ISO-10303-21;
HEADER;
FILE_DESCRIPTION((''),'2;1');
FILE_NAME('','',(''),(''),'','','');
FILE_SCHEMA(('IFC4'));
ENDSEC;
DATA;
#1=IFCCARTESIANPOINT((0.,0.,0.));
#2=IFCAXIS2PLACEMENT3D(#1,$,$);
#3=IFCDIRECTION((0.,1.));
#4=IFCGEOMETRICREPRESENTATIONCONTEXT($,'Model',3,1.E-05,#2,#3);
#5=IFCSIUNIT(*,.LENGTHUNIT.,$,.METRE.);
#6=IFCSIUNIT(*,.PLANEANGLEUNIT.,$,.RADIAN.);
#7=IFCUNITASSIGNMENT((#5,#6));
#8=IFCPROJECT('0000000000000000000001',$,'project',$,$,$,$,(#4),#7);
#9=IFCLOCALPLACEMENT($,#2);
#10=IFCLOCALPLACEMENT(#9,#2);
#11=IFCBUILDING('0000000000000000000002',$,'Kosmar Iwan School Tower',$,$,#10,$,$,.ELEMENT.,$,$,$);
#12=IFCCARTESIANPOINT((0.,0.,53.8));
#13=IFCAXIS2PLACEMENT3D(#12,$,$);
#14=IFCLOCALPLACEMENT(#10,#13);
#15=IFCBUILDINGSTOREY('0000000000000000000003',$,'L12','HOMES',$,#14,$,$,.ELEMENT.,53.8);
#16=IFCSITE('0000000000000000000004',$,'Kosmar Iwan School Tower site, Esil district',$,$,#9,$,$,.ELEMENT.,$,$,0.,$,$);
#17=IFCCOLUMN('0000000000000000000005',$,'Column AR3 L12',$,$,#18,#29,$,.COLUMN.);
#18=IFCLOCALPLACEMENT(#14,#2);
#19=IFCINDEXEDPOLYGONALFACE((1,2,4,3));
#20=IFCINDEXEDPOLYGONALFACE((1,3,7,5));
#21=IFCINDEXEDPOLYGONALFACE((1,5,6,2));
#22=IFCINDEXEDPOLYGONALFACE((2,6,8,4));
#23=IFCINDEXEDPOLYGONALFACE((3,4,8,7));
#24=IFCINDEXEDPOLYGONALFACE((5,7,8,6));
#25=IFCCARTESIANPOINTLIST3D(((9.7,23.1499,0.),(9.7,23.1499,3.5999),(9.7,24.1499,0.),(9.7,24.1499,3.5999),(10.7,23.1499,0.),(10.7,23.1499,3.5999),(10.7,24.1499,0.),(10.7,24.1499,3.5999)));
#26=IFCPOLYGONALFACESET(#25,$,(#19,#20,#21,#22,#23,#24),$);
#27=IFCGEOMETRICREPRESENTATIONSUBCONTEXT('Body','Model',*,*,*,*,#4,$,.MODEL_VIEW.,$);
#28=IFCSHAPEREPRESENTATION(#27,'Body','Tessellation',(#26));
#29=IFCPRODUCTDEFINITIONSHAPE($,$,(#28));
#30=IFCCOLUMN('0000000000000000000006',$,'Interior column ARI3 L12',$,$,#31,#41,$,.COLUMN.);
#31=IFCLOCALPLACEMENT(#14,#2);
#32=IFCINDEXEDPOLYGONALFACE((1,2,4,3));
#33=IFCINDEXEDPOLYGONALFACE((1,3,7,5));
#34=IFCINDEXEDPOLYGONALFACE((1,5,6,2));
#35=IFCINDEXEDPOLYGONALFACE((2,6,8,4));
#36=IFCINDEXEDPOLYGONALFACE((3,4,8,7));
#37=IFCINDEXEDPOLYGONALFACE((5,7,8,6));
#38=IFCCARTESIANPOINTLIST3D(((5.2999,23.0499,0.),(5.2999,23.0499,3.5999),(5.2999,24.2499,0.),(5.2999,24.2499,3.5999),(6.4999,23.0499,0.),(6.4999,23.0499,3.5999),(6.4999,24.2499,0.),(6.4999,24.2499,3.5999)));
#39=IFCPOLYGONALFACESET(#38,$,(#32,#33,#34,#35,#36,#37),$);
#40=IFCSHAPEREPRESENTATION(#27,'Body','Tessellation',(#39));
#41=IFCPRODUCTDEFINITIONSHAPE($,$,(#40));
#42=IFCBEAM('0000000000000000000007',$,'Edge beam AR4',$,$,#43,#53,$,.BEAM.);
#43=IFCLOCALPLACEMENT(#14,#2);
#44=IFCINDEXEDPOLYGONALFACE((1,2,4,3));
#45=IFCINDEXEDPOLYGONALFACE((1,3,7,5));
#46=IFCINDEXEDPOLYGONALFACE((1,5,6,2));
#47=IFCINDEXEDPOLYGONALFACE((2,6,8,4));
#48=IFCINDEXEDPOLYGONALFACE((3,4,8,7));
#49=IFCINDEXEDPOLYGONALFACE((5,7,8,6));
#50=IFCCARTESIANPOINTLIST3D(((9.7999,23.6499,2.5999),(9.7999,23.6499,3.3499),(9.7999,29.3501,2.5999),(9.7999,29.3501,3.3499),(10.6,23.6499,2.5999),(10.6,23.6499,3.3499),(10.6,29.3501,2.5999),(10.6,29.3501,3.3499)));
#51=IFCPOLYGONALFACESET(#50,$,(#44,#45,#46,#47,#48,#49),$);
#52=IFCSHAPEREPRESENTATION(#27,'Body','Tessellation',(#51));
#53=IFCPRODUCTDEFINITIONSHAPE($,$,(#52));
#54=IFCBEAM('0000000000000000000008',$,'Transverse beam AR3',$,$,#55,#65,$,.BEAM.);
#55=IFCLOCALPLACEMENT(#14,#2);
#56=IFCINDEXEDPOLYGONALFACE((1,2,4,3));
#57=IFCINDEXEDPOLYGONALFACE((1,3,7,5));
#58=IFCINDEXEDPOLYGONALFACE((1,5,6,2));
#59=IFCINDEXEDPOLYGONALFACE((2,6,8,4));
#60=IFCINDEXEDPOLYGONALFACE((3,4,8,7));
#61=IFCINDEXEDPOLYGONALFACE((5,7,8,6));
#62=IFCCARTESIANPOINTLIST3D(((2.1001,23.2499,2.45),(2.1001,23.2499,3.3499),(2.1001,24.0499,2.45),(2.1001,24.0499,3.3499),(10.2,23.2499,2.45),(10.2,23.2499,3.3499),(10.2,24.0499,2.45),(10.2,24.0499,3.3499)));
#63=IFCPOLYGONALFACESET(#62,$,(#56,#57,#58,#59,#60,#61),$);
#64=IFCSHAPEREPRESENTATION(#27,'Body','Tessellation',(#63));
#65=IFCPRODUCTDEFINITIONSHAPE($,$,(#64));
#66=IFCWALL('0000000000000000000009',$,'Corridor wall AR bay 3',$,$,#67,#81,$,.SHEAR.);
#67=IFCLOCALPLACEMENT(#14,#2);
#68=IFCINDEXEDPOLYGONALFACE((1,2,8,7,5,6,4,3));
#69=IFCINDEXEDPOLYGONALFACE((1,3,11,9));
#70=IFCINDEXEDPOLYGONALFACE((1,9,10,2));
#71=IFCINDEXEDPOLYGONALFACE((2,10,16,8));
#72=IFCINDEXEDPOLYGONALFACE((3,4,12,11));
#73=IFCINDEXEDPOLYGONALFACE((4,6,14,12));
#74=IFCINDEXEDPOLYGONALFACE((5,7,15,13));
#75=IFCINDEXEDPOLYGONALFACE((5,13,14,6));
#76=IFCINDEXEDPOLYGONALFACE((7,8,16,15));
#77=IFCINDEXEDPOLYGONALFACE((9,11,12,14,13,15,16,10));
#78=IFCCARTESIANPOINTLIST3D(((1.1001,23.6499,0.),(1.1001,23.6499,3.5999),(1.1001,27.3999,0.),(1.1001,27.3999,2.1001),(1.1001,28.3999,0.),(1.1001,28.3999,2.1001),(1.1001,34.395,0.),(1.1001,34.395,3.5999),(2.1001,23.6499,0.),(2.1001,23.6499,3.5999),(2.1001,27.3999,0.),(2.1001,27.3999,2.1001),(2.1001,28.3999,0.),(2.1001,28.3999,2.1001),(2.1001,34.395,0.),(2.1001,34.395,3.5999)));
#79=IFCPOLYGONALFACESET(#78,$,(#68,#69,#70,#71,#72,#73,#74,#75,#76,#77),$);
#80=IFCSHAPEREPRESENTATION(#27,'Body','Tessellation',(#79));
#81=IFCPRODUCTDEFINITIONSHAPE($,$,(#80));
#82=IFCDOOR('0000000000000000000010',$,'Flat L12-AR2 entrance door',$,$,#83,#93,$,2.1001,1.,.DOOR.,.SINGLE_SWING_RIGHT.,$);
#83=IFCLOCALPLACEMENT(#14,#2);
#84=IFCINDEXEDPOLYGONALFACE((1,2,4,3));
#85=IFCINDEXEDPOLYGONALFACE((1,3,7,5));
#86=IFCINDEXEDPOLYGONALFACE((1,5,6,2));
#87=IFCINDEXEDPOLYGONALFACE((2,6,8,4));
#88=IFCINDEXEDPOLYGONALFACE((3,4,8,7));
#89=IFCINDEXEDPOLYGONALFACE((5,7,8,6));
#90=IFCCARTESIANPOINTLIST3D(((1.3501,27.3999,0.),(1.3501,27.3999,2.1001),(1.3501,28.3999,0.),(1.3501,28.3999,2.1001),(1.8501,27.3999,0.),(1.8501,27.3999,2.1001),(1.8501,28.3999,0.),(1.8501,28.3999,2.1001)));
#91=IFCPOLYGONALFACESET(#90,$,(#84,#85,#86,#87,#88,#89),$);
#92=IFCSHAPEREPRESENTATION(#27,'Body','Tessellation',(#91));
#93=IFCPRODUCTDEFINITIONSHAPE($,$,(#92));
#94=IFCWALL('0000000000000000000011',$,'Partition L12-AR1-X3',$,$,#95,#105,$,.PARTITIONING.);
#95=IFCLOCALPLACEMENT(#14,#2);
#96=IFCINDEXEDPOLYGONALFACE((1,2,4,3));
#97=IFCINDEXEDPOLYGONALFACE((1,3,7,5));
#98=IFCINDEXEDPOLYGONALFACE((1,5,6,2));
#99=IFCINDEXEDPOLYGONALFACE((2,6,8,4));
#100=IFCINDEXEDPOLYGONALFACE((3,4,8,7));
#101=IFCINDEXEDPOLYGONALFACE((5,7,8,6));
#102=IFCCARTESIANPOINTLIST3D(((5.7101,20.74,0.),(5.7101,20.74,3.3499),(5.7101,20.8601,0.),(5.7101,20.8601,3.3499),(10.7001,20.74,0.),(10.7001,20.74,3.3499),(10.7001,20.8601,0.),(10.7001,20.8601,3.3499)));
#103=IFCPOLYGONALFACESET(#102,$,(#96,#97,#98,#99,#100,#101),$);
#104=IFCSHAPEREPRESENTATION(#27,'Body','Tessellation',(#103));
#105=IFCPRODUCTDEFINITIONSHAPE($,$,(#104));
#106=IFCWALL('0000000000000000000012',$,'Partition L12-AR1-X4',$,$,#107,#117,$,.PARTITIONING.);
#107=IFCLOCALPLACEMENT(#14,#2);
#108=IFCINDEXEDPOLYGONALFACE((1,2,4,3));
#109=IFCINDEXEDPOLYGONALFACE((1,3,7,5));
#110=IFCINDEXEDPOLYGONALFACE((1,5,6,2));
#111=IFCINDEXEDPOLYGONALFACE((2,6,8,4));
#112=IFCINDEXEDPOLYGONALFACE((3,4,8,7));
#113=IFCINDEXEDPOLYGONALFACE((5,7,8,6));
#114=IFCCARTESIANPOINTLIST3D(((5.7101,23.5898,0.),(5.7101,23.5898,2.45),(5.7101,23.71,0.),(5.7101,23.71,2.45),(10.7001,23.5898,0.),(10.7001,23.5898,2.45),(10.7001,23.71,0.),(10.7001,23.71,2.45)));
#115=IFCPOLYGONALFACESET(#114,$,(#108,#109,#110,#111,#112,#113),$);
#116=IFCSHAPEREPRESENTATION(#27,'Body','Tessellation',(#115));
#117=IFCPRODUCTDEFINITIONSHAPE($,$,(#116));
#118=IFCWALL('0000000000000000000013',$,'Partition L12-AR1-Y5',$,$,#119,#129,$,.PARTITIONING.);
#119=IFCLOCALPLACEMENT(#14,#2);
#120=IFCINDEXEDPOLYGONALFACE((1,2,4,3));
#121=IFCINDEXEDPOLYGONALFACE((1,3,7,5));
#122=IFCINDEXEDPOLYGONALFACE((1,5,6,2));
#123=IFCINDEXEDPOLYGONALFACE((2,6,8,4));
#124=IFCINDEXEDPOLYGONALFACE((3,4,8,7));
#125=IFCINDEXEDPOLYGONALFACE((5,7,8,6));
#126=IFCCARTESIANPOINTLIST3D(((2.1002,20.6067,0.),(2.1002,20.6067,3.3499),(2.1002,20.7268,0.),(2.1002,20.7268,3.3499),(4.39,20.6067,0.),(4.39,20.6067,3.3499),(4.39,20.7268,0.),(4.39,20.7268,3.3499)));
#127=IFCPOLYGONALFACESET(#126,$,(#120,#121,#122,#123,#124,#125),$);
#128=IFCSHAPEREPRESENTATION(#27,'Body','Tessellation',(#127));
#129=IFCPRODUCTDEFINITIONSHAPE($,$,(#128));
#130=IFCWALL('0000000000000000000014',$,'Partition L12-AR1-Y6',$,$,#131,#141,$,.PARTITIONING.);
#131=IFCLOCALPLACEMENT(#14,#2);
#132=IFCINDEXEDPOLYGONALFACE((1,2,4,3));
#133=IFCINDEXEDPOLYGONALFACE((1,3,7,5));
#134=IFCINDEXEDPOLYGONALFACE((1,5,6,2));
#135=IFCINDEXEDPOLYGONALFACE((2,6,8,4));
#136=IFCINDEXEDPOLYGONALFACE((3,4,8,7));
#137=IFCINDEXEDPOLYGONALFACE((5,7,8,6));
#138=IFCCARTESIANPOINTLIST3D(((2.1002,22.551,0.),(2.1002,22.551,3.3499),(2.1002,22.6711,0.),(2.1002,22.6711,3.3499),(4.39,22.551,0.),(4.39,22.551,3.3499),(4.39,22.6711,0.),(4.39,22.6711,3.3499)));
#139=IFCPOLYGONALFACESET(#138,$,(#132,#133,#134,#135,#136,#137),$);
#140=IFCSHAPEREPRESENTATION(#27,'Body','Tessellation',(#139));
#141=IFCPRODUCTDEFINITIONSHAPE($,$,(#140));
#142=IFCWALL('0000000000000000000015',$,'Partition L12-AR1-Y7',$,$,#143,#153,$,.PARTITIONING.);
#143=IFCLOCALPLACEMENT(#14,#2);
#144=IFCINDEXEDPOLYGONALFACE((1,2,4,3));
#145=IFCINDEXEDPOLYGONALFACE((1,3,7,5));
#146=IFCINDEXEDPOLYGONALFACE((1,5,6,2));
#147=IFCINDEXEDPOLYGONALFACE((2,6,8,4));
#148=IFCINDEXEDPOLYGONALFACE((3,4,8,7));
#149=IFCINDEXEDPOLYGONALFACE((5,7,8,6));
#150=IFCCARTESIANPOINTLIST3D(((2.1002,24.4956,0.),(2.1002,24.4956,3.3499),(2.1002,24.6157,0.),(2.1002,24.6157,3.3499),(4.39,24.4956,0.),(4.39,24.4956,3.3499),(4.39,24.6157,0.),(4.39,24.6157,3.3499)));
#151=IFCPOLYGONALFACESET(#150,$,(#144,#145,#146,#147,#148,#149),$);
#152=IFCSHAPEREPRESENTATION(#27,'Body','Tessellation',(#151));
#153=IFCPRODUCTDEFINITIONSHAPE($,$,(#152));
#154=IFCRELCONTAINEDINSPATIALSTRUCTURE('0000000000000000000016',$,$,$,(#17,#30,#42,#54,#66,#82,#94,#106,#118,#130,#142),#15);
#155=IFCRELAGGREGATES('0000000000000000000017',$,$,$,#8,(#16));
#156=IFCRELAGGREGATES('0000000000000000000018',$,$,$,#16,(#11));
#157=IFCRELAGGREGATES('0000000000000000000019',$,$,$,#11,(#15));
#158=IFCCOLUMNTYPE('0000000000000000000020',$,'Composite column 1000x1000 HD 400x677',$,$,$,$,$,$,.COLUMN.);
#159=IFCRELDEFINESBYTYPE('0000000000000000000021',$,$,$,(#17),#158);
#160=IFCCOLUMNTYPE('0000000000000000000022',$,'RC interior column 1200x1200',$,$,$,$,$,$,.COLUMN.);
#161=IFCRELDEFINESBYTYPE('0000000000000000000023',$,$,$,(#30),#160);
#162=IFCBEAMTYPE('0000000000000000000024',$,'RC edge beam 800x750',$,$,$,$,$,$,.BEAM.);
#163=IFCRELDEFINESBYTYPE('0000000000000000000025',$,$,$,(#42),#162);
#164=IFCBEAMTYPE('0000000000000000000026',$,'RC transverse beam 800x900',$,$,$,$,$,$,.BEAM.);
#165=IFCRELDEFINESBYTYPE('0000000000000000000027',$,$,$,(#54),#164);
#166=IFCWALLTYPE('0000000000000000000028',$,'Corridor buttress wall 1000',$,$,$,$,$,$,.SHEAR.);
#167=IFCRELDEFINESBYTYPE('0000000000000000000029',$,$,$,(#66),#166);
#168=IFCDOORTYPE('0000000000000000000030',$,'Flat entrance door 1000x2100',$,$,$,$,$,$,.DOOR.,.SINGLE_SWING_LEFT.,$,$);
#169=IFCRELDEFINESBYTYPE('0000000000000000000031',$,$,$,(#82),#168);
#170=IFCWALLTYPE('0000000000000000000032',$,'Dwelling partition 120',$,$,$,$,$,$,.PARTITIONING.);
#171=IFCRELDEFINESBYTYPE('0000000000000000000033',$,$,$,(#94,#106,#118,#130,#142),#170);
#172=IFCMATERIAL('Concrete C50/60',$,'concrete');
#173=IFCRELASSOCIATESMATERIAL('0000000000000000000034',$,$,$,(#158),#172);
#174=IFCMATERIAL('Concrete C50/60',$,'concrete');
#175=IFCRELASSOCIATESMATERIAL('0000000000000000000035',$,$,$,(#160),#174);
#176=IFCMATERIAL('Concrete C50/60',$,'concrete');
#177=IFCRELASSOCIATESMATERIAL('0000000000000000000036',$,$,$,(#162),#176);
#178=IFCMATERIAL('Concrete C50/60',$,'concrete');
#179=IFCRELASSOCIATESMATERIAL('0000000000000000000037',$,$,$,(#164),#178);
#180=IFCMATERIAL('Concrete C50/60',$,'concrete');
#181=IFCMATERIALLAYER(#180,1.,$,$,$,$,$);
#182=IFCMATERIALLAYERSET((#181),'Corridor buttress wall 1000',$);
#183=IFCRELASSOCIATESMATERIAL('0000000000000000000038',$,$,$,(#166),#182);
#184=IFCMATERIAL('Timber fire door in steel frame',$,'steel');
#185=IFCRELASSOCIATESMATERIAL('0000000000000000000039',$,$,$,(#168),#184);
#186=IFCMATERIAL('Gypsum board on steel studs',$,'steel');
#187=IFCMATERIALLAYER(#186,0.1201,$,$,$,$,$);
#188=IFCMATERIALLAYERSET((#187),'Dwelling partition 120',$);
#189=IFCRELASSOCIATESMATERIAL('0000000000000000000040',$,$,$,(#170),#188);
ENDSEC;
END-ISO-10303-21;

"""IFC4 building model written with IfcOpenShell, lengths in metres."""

from ifc_helpers import new_model, si_unit, direction, frame, frame_2d, origin, origin_2d, place, context, subcontext, project, spatial, rectangle, extrude, material, layer, layer_set, material_profile, profile_set, type_object, element, fill, save


model = new_model("IFC4")

# Units and contexts
model_context = context("Model", 3, precision=1e-05, world=origin(), true_north=direction((0.0, 1.0)))
body_context = subcontext(model_context, "Body", "Model", "MODEL_VIEW")
ifc_project = project(units=[si_unit("LENGTHUNIT", "METRE"), si_unit("PLANEANGLEUNIT", "RADIAN")], contexts=[model_context])

# Site, building, storey
site_placement = place(None, origin())
site = spatial("IfcSite", under=ifc_project, at=site_placement, Name="Kosmar Iwan School Tower site, Esil district", CompositionType="ELEMENT", RefElevation=0.0)
building_placement = place(site_placement, origin())
building = spatial("IfcBuilding", under=site, at=building_placement, Name="Kosmar Iwan School Tower", CompositionType="ELEMENT")
storey_placement = place(building_placement, frame((0.0, 0.0, 53.8)))
storey = spatial("IfcBuildingStorey", under=building, at=storey_placement, Name="L12", Description="HOMES", CompositionType="ELEMENT", Elevation=53.8)

# Columns
ifc_material_1 = material(Name="Concrete C50/60", Category="concrete")
ifc_material_profile_1 = material_profile(ifc_material_1, rectangle(XDim=1.0, YDim=1.0, at=origin_2d()), Name="RC 1000x1000 + HD 400x677")
ifc_profile_set_1 = profile_set([ifc_material_profile_1], Name="Concrete C50/60")
column_type_1 = type_object("IfcColumnType", Name="Composite column 1000x1000 HD 400x677", PredefinedType="COLUMN", material=ifc_profile_set_1)
column_1_placement = place(storey_placement, frame((10.2, 23.6499, 0.0), z_axis=(0.0, 0.0, 1.0), x_axis=(0.0, 1.0, 0.0)))
element("IfcColumn", 1, at=column_1_placement, inside=storey, type_object=column_type_1, Name="Column AR3 L12", PredefinedType="COLUMN", context=body_context, shape_type="SweptSolid", body=[
    extrude(rectangle(XDim=1.0, YDim=1.0, at=origin_2d()), origin(), (0.0, 0.0, 1.0), 3.5999),
])
ifc_material_2 = material(Name="Concrete C50/60", Category="concrete")
ifc_material_profile_2 = material_profile(ifc_material_2, rectangle(XDim=1.2, YDim=1.2, at=origin_2d()), Name="RC 1200x1200")
ifc_profile_set_2 = profile_set([ifc_material_profile_2], Name="Concrete C50/60")
column_type_2 = type_object("IfcColumnType", Name="RC interior column 1200x1200", PredefinedType="COLUMN", material=ifc_profile_set_2)
column_2_placement = place(storey_placement, frame((5.8999, 23.6499, 0.0), z_axis=(0.0, 0.0, 1.0), x_axis=(0.0, 1.0, 0.0)))
element("IfcColumn", 2, at=column_2_placement, inside=storey, type_object=column_type_2, Name="Interior column ARI3 L12", PredefinedType="COLUMN", context=body_context, shape_type="SweptSolid", body=[
    extrude(rectangle(XDim=1.2, YDim=1.2, at=origin_2d()), origin(), (0.0, 0.0, 1.0), 3.5999),
])

# Beams
ifc_material_3 = material(Name="Concrete C50/60", Category="concrete")
ifc_material_profile_3 = material_profile(ifc_material_3, rectangle(XDim=0.8, YDim=0.75, at=origin_2d()), Name="RC 800x750")
ifc_profile_set_3 = profile_set([ifc_material_profile_3], Name="Concrete C50/60")
beam_type_1 = type_object("IfcBeamType", Name="RC edge beam 800x750", PredefinedType="BEAM", material=ifc_profile_set_3)
beam_1_placement = place(storey_placement, frame((10.2, 23.6499, 2.9749), z_axis=(0.0, 1.0, 0.0), x_axis=(-1.0, 0.0, 0.0)))
element("IfcBeam", 3, at=beam_1_placement, inside=storey, type_object=beam_type_1, Name="Edge beam AR4", PredefinedType="BEAM", context=body_context, shape_type="SweptSolid", body=[
    extrude(rectangle(XDim=0.8, YDim=0.75, at=origin_2d()), origin(), (0.0, 0.0, 1.0), 5.7002),
])
ifc_material_4 = material(Name="Concrete C50/60", Category="concrete")
ifc_material_profile_4 = material_profile(ifc_material_4, rectangle(XDim=0.8, YDim=0.8999, at=origin_2d()), Name="RC 800x900")
ifc_profile_set_4 = profile_set([ifc_material_profile_4], Name="Concrete C50/60")
beam_type_2 = type_object("IfcBeamType", Name="RC transverse beam 800x900", PredefinedType="BEAM", material=ifc_profile_set_4)
beam_2_placement = place(storey_placement, frame((10.2, 23.6499, 2.8999), z_axis=(-1.0, 0.0, 0.0), x_axis=(0.0, -1.0, 0.0)))
element("IfcBeam", 4, at=beam_2_placement, inside=storey, type_object=beam_type_2, Name="Transverse beam AR3", PredefinedType="BEAM", context=body_context, shape_type="SweptSolid", body=[
    extrude(rectangle(XDim=0.8, YDim=0.8999, at=origin_2d()), origin(), (0.0, 0.0, 1.0), 8.0999),
])

# Wall, opening, door
ifc_material_5 = material(Name="Concrete C50/60", Category="concrete")
ifc_layer_1 = layer(ifc_material_5, 1.0)
ifc_layer_set_1 = layer_set([ifc_layer_1], Name="Corridor buttress wall 1000")
wall_type_1 = type_object("IfcWallType", Name="Corridor buttress wall 1000", PredefinedType="SHEAR", material=ifc_layer_set_1)
wall_1_placement = place(storey_placement, frame((1.6001, 23.6499, 0.0), z_axis=(0.0, 0.0, 1.0), x_axis=(0.0, 1.0, 0.0)))
wall_1 = element("IfcWall", 5, at=wall_1_placement, inside=storey, type_object=wall_type_1, Name="Corridor wall AR bay 3", PredefinedType="SHEAR", context=body_context, shape_type="SweptSolid", body=[
    extrude(rectangle(XDim=10.7451, YDim=1.0, at=frame_2d((5.3726, 0.0))), origin(), (0.0, 0.0, 1.0), 3.5999),
])
opening_1_placement = place(wall_1_placement, frame((3.75, 0.0, 0.0)))
opening_1 = element("IfcOpeningElement", 6, at=opening_1_placement, cuts=wall_1, PredefinedType="OPENING", context=body_context, shape_type="SweptSolid", body=[
    extrude(rectangle(XDim=1.0, YDim=2.1001, at=frame_2d((0.5, 1.05))), frame((0.0, 0.512, 0.0), z_axis=(0.0, -1.0, 0.0), x_axis=(1.0, 0.0, 0.0)), (0.0, 0.0, 1.0), 1.0239),
])
ifc_material_6 = material(Name="Timber fire door in steel frame", Category="steel")
door_type_1 = type_object("IfcDoorType", Name="Flat entrance door 1000x2100", OperationType="SINGLE_SWING_LEFT", PredefinedType="DOOR", material=ifc_material_6)
door_1_placement = place(opening_1_placement, origin())
door_1 = element("IfcDoor", 7, at=door_1_placement, inside=storey, type_object=door_type_1, Name="Flat L12-AR2 entrance door", OperationType="SINGLE_SWING_RIGHT", OverallHeight=2.1001, OverallWidth=1.0, PredefinedType="DOOR", context=body_context, shape_type="SweptSolid", body=[
    extrude(rectangle(XDim=1.0, YDim=2.1001, at=frame_2d((0.5, 1.05))), frame((0.0, 0.25, 0.0), z_axis=(0.0, -1.0, 0.0), x_axis=(1.0, 0.0, 0.0)), (0.0, 0.0, 1.0), 0.5),
])
fill(opening_1, door_1)

# Walls
ifc_material_7 = material(Name="Gypsum board on steel studs", Category="steel")
ifc_layer_2 = layer(ifc_material_7, 0.1201)
ifc_layer_set_2 = layer_set([ifc_layer_2], Name="Dwelling partition 120")
wall_type_2 = type_object("IfcWallType", Name="Dwelling partition 120", PredefinedType="PARTITIONING", material=ifc_layer_set_2)
wall_2_placement = place(storey_placement, frame((5.71, 20.8, 0.0), z_axis=(0.0, 0.0, 1.0), x_axis=(1.0, 0.0, 0.0)))
element("IfcWall", 8, at=wall_2_placement, inside=storey, type_object=wall_type_2, Name="Partition L12-AR1-X3", PredefinedType="PARTITIONING", context=body_context, shape_type="SweptSolid", body=[
    extrude(rectangle(XDim=4.99, YDim=0.1201, at=frame_2d((2.4951, 0.0))), origin(), (0.0, 0.0, 1.0), 3.3499),
])
wall_3_placement = place(storey_placement, frame((5.71, 23.6499, 0.0), z_axis=(0.0, 0.0, 1.0), x_axis=(1.0, 0.0, 0.0)))
element("IfcWall", 9, at=wall_3_placement, inside=storey, type_object=wall_type_2, Name="Partition L12-AR1-X4", PredefinedType="PARTITIONING", context=body_context, shape_type="SweptSolid", body=[
    extrude(rectangle(XDim=4.99, YDim=0.1201, at=frame_2d((2.4951, 0.0))), origin(), (0.0, 0.0, 1.0), 2.45),
])
for number, where, z_axis, x_axis, name in (
    (10, (2.1001, 20.6667, 0.0), (0.0, 0.0, 1.0), (1.0, 0.0, 0.0), "Partition L12-AR1-Y5"),
    (11, (2.1001, 22.6111, 0.0), (0.0, 0.0, 1.0), (1.0, 0.0, 0.0), "Partition L12-AR1-Y6"),
    (12, (2.1001, 24.5557, 0.0), (0.0, 0.0, 1.0), (1.0, 0.0, 0.0), "Partition L12-AR1-Y7"),
):
    element("IfcWall", number, at=place(storey_placement, frame(where, z_axis=z_axis, x_axis=x_axis)), inside=storey, type_object=wall_type_2, Name=name, PredefinedType="PARTITIONING", context=body_context, shape_type="SweptSolid", body=[
        extrude(rectangle(XDim=2.2898, YDim=0.1201, at=frame_2d((1.145, 0.0))), origin(), (0.0, 0.0, 1.0), 3.3499),
    ])

save(model, "model.ifc")
